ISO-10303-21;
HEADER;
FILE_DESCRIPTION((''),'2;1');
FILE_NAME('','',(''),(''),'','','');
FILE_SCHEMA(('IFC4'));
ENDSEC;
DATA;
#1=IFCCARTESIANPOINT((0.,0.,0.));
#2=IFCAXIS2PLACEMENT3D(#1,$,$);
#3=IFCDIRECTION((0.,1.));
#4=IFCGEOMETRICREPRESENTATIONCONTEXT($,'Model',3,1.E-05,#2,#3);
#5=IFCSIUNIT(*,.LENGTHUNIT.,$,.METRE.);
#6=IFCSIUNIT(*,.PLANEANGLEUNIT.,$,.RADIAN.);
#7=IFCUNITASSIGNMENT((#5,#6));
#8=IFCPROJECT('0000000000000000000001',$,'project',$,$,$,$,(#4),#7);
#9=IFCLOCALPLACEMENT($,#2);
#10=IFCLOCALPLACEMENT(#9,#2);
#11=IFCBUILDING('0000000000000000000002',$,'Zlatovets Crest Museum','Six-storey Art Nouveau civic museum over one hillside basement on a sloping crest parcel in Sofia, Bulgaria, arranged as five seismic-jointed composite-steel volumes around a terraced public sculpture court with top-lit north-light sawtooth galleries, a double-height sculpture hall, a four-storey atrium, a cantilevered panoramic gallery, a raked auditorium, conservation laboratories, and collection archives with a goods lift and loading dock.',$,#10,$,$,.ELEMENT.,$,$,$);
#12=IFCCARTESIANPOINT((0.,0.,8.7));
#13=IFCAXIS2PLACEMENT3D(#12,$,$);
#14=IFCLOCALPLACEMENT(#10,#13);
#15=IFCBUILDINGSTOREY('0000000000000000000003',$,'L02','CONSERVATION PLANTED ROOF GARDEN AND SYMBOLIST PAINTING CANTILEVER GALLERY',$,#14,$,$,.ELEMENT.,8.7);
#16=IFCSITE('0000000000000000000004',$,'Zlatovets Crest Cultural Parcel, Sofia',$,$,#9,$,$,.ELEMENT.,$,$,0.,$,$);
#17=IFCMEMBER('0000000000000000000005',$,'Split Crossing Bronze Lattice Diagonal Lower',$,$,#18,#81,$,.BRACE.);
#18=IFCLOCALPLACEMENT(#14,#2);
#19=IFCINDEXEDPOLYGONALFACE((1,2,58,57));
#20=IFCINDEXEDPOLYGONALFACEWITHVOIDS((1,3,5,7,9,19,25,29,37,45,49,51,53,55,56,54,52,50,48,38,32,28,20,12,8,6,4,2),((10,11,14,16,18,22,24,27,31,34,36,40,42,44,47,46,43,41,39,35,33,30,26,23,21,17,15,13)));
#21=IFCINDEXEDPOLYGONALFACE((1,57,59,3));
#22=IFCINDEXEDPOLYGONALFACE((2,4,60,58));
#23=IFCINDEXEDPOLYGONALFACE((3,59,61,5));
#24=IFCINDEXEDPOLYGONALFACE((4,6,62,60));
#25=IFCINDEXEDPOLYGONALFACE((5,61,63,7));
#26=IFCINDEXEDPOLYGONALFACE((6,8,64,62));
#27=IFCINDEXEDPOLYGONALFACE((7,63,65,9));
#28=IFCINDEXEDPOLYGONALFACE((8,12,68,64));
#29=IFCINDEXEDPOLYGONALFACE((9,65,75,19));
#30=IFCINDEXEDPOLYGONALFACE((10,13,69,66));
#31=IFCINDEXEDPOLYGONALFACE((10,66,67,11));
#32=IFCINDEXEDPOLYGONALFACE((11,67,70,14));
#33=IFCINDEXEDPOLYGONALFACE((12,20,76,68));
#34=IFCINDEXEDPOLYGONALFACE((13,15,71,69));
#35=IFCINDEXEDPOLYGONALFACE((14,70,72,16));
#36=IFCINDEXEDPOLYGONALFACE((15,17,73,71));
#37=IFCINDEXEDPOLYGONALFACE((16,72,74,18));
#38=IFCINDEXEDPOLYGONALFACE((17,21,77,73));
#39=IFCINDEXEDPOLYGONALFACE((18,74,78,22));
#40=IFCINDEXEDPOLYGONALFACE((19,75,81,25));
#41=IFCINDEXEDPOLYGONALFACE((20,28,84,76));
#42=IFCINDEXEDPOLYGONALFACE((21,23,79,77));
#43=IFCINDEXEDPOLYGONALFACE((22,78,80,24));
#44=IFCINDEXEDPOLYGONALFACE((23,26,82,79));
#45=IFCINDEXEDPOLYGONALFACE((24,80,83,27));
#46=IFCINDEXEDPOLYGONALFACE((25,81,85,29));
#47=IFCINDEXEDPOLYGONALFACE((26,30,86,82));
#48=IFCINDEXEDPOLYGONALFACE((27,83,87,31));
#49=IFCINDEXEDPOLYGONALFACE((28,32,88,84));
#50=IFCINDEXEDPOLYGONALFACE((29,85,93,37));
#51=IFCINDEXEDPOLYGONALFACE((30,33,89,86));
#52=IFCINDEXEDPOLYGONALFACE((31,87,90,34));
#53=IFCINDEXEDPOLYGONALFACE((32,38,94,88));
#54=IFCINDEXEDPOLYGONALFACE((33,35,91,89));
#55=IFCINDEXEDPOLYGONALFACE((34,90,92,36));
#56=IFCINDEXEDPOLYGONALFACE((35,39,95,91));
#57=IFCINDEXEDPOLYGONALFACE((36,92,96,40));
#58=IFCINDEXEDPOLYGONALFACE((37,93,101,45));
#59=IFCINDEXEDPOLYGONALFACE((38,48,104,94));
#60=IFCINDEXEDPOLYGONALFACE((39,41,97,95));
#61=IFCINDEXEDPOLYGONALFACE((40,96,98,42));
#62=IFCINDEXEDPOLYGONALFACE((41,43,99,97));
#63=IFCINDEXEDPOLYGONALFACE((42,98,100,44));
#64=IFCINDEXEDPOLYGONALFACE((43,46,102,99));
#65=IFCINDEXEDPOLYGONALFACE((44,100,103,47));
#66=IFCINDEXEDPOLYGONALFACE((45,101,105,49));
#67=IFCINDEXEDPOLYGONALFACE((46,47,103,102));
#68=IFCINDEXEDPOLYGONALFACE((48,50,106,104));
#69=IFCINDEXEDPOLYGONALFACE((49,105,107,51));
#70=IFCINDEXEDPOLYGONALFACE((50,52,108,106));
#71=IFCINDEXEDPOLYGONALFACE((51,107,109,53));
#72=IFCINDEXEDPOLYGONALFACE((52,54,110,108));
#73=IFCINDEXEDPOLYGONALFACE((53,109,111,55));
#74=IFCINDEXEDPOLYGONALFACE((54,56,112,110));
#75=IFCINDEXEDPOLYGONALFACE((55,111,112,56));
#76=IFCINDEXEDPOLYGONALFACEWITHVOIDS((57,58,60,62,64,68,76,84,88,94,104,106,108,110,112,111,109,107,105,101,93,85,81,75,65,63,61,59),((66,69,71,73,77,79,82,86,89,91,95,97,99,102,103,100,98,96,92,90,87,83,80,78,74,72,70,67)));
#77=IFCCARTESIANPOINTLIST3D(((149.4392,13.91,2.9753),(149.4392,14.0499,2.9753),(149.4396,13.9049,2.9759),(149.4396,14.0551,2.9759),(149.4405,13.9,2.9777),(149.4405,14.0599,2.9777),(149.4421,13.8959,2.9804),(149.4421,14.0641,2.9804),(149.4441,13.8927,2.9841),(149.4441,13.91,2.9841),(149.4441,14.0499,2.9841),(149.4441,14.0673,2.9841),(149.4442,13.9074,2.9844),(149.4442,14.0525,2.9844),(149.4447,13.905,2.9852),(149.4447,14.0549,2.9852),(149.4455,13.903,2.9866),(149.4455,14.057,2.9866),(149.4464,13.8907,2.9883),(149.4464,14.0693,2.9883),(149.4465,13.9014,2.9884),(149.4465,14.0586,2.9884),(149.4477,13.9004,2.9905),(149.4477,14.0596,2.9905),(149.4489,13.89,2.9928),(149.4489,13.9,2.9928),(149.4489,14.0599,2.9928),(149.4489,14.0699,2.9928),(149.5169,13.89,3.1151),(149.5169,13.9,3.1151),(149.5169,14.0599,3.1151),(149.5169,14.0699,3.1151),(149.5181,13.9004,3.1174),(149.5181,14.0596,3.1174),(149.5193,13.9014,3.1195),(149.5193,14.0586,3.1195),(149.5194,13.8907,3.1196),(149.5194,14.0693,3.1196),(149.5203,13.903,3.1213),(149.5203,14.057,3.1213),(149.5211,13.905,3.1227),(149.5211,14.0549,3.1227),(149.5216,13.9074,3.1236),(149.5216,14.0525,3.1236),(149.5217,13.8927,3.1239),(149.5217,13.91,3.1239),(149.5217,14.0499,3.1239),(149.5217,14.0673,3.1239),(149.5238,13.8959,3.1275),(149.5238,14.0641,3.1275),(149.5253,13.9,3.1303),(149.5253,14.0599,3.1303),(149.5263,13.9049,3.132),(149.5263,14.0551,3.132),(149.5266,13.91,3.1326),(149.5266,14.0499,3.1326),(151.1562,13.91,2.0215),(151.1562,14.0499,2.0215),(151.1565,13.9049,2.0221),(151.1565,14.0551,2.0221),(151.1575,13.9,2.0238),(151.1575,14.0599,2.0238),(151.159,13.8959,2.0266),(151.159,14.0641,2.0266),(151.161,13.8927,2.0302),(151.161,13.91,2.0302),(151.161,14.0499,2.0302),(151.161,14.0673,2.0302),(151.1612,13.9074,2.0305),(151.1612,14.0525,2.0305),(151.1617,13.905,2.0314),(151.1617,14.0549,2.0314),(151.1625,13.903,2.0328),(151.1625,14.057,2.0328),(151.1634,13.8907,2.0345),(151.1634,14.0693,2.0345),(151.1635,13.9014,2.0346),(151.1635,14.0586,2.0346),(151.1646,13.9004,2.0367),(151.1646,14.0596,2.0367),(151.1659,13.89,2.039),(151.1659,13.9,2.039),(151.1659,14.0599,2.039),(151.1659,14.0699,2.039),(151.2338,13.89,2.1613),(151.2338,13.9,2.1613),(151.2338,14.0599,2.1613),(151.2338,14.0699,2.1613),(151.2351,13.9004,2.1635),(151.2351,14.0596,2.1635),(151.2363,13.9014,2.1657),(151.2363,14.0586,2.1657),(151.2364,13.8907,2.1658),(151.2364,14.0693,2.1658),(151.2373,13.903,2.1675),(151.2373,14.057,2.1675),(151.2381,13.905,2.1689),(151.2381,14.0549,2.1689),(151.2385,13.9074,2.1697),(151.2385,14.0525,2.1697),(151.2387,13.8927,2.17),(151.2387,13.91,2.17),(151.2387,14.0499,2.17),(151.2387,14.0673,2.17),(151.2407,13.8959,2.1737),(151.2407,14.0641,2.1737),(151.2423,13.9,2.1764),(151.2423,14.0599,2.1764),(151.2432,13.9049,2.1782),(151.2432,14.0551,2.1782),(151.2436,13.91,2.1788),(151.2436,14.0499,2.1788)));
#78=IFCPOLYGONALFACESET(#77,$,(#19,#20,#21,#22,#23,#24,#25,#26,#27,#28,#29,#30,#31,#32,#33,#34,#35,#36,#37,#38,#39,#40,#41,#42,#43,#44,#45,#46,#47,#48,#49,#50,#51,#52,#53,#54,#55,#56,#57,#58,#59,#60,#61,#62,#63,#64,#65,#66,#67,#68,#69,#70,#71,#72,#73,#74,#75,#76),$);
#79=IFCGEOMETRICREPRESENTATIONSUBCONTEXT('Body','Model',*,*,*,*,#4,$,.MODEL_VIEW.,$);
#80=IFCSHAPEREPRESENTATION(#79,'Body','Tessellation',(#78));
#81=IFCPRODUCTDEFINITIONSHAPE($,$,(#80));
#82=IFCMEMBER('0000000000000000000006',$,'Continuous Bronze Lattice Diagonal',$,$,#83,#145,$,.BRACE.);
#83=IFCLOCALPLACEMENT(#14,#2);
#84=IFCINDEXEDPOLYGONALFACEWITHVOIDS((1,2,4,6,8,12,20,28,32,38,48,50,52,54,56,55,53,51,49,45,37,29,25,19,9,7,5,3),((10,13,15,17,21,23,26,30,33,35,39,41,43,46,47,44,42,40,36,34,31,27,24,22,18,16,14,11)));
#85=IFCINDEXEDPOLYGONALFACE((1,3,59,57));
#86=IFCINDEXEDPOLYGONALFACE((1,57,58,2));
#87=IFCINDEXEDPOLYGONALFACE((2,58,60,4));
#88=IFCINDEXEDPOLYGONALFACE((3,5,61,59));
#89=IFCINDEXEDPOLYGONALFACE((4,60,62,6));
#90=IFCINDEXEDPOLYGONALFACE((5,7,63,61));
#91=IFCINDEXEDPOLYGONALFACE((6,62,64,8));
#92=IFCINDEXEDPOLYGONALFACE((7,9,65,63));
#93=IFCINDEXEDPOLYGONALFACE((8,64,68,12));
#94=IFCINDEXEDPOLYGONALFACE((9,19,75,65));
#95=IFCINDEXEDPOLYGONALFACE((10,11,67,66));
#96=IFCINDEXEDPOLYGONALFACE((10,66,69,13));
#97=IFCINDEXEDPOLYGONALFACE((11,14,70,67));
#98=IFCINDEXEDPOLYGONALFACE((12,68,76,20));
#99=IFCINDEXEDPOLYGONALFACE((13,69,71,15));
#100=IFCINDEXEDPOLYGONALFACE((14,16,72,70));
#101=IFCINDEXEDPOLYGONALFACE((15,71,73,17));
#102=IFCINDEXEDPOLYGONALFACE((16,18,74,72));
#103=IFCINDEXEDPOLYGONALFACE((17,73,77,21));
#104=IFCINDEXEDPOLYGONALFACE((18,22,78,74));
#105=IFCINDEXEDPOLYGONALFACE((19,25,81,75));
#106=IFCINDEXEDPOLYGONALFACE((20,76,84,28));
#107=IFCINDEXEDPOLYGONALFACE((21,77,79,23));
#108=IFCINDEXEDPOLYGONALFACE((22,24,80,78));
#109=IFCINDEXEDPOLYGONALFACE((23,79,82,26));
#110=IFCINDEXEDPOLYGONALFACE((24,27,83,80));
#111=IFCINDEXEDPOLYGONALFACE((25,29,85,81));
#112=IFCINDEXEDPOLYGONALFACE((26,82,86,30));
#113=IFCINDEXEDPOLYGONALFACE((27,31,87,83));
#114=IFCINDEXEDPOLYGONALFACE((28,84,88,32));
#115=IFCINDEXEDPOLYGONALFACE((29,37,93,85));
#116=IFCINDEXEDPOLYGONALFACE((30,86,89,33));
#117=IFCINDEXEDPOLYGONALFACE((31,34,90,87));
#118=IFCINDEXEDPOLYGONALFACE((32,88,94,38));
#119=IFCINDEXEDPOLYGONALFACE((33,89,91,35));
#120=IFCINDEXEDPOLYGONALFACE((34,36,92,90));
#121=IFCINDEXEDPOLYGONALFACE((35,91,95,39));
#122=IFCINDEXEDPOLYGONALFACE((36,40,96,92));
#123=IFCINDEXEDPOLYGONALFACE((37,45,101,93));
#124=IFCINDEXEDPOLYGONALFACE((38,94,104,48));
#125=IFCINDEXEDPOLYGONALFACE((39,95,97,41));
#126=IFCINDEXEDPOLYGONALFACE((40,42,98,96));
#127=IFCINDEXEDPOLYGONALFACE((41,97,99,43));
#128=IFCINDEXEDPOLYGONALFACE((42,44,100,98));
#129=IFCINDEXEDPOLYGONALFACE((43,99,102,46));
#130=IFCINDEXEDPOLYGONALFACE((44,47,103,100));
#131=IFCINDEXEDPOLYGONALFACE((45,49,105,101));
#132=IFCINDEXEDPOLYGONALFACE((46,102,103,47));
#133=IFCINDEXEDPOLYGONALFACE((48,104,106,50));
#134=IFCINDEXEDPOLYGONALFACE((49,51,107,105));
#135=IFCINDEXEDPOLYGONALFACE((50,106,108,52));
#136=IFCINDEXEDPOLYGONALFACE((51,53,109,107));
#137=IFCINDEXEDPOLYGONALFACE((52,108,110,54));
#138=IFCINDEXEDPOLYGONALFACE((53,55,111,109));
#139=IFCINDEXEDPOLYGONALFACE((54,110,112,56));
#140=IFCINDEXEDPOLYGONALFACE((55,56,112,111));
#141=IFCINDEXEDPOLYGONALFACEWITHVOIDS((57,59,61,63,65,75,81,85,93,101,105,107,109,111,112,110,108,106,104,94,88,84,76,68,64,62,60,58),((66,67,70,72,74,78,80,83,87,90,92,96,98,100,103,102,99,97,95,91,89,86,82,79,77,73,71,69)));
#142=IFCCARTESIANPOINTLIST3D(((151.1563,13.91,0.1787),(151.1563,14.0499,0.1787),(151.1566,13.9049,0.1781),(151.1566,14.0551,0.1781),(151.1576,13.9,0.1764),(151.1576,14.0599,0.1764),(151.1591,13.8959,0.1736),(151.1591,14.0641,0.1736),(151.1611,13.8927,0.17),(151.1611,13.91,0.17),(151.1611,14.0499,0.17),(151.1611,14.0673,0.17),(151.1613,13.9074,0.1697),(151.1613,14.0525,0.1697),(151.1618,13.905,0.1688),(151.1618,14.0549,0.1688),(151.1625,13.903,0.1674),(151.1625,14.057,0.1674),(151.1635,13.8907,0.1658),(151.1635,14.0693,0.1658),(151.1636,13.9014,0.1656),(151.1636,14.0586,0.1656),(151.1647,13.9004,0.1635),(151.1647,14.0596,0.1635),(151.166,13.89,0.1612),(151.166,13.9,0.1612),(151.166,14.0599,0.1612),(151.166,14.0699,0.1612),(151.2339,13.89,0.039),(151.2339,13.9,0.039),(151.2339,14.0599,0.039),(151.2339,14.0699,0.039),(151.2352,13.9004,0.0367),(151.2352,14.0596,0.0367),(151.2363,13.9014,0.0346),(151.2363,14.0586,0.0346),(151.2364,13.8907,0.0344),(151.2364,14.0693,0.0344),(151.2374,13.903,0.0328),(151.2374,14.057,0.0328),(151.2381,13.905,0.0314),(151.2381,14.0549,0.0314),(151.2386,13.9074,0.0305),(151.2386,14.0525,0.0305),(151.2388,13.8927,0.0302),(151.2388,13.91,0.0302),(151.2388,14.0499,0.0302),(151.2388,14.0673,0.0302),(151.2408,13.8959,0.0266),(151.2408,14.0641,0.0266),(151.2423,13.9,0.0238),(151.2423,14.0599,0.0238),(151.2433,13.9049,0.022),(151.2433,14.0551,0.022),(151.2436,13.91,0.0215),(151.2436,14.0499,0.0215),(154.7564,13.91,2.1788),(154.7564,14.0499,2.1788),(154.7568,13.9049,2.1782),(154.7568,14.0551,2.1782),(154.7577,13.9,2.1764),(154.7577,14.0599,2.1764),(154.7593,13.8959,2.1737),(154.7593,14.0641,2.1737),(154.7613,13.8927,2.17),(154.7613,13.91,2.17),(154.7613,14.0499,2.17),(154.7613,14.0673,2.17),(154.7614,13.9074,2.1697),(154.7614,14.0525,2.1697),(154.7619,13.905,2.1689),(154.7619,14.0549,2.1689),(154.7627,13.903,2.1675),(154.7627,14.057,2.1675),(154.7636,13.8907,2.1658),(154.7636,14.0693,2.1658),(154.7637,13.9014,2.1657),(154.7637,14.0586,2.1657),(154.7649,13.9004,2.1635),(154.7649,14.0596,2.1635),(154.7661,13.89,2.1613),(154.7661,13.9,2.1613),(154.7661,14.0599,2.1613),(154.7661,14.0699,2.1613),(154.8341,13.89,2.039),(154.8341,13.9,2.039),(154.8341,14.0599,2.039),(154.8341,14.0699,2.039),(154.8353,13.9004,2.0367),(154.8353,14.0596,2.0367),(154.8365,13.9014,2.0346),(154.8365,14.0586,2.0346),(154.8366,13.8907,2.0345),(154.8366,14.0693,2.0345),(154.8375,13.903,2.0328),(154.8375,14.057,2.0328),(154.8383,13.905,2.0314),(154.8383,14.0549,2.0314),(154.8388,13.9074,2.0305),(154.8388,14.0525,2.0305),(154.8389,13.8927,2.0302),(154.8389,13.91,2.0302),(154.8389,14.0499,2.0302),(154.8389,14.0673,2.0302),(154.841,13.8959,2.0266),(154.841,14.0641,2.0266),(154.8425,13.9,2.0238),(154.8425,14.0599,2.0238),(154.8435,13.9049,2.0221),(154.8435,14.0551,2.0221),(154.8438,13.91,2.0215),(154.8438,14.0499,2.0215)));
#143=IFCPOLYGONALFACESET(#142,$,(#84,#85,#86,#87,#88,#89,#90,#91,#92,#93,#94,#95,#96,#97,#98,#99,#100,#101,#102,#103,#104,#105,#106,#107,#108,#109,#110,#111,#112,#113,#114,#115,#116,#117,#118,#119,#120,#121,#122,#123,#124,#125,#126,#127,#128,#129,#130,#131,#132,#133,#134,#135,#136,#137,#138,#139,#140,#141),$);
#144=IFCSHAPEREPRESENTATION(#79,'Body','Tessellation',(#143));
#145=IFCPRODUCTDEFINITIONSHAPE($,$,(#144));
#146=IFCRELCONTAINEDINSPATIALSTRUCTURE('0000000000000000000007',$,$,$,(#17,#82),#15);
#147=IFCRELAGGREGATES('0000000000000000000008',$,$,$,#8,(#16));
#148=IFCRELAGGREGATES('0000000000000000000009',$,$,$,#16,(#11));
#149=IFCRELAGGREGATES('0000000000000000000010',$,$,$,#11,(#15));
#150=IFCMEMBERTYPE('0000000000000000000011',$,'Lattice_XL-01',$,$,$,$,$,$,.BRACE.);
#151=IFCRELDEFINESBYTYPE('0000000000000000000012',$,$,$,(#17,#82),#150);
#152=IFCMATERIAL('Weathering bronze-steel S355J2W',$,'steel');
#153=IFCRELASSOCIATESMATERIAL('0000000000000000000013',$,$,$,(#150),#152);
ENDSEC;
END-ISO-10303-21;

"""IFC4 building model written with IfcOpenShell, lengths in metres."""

from ifc_helpers import new_model, si_unit, direction, frame, origin, origin_2d, place, context, subcontext, project, spatial, hollow_rectangle, extrude, material, material_profile, profile_set, type_object, element, save


model = new_model("IFC4")

# Units and contexts
model_context = context("Model", 3, precision=1e-05, world=origin(), true_north=direction((0.0, 1.0)))
body_context = subcontext(model_context, "Body", "Model", "MODEL_VIEW")
ifc_project = project(units=[si_unit("LENGTHUNIT", "METRE"), si_unit("PLANEANGLEUNIT", "RADIAN")], contexts=[model_context])

# Site, building, storey
site_placement = place(None, origin())
site = spatial("IfcSite", under=ifc_project, at=site_placement, Name="Zlatovets Crest Cultural Parcel, Sofia", CompositionType="ELEMENT", RefElevation=0.0)
building_placement = place(site_placement, origin())
building = spatial("IfcBuilding", under=site, at=building_placement, Name="Zlatovets Crest Museum", Description="Six-storey Art Nouveau civic museum over one hillside basement on a sloping crest parcel in Sofia, Bulgaria, arranged as five seismic-jointed composite-steel volumes around a terraced public sculpture court with top-lit north-light sawtooth galleries, a double-height sculpture hall, a four-storey atrium, a cantilevered panoramic gallery, a raked auditorium, conservation laboratories, and collection archives with a goods lift and loading dock.", CompositionType="ELEMENT")
storey_placement = place(building_placement, frame((0.0, 0.0, 8.7)))
storey = spatial("IfcBuildingStorey", under=building, at=storey_placement, Name="L02", Description="CONSERVATION PLANTED ROOF GARDEN AND SYMBOLIST PAINTING CANTILEVER GALLERY", CompositionType="ELEMENT", Elevation=8.7)

# Members
ifc_material_1 = material(Name="Weathering bronze-steel S355J2W", Category="steel")
ifc_material_profile_1 = material_profile(ifc_material_1, hollow_rectangle(XDim=0.1799, YDim=0.1799, WallThickness=0.01, InnerFilletRadius=0.01, OuterFilletRadius=0.02, at=origin_2d()), Name="SHS 180x180x10.0")
ifc_profile_set_1 = profile_set([ifc_material_profile_1], Name="Weathering bronze-steel S355J2W")
member_type_1 = type_object("IfcMemberType", Name="Lattice_XL-01", PredefinedType="BRACE", material=ifc_profile_set_1)
member_1_placement = place(storey_placement, frame((149.4829, 13.98, 3.054), z_axis=(0.874169, 0.0, -0.485622), x_axis=(0.0, 1.0, 0.0)))
element("IfcMember", 1, at=member_1_placement, inside=storey, type_object=member_type_1, Name="Split Crossing Bronze Lattice Diagonal Lower", PredefinedType="BRACE", context=body_context, shape_type="SweptSolid", body=[
    extrude(hollow_rectangle(XDim=0.1799, YDim=0.1799, WallThickness=0.01, InnerFilletRadius=0.01, OuterFilletRadius=0.02, at=origin_2d()), origin(), (0.0, 0.0, 1.0), 1.9641),
])
member_2_placement = place(storey_placement, frame((151.2, 13.98, 0.1001), z_axis=(0.874163, 0.0, 0.485633), x_axis=(0.0, 1.0, 0.0)))
element("IfcMember", 2, at=member_2_placement, inside=storey, type_object=member_type_1, Name="Continuous Bronze Lattice Diagonal", PredefinedType="BRACE", context=body_context, shape_type="SweptSolid", body=[
    extrude(hollow_rectangle(XDim=0.1799, YDim=0.1799, WallThickness=0.01, InnerFilletRadius=0.01, OuterFilletRadius=0.02, at=origin_2d()), origin(), (0.0, 0.0, 1.0), 4.1184),
])

save(model, "model.ifc")
